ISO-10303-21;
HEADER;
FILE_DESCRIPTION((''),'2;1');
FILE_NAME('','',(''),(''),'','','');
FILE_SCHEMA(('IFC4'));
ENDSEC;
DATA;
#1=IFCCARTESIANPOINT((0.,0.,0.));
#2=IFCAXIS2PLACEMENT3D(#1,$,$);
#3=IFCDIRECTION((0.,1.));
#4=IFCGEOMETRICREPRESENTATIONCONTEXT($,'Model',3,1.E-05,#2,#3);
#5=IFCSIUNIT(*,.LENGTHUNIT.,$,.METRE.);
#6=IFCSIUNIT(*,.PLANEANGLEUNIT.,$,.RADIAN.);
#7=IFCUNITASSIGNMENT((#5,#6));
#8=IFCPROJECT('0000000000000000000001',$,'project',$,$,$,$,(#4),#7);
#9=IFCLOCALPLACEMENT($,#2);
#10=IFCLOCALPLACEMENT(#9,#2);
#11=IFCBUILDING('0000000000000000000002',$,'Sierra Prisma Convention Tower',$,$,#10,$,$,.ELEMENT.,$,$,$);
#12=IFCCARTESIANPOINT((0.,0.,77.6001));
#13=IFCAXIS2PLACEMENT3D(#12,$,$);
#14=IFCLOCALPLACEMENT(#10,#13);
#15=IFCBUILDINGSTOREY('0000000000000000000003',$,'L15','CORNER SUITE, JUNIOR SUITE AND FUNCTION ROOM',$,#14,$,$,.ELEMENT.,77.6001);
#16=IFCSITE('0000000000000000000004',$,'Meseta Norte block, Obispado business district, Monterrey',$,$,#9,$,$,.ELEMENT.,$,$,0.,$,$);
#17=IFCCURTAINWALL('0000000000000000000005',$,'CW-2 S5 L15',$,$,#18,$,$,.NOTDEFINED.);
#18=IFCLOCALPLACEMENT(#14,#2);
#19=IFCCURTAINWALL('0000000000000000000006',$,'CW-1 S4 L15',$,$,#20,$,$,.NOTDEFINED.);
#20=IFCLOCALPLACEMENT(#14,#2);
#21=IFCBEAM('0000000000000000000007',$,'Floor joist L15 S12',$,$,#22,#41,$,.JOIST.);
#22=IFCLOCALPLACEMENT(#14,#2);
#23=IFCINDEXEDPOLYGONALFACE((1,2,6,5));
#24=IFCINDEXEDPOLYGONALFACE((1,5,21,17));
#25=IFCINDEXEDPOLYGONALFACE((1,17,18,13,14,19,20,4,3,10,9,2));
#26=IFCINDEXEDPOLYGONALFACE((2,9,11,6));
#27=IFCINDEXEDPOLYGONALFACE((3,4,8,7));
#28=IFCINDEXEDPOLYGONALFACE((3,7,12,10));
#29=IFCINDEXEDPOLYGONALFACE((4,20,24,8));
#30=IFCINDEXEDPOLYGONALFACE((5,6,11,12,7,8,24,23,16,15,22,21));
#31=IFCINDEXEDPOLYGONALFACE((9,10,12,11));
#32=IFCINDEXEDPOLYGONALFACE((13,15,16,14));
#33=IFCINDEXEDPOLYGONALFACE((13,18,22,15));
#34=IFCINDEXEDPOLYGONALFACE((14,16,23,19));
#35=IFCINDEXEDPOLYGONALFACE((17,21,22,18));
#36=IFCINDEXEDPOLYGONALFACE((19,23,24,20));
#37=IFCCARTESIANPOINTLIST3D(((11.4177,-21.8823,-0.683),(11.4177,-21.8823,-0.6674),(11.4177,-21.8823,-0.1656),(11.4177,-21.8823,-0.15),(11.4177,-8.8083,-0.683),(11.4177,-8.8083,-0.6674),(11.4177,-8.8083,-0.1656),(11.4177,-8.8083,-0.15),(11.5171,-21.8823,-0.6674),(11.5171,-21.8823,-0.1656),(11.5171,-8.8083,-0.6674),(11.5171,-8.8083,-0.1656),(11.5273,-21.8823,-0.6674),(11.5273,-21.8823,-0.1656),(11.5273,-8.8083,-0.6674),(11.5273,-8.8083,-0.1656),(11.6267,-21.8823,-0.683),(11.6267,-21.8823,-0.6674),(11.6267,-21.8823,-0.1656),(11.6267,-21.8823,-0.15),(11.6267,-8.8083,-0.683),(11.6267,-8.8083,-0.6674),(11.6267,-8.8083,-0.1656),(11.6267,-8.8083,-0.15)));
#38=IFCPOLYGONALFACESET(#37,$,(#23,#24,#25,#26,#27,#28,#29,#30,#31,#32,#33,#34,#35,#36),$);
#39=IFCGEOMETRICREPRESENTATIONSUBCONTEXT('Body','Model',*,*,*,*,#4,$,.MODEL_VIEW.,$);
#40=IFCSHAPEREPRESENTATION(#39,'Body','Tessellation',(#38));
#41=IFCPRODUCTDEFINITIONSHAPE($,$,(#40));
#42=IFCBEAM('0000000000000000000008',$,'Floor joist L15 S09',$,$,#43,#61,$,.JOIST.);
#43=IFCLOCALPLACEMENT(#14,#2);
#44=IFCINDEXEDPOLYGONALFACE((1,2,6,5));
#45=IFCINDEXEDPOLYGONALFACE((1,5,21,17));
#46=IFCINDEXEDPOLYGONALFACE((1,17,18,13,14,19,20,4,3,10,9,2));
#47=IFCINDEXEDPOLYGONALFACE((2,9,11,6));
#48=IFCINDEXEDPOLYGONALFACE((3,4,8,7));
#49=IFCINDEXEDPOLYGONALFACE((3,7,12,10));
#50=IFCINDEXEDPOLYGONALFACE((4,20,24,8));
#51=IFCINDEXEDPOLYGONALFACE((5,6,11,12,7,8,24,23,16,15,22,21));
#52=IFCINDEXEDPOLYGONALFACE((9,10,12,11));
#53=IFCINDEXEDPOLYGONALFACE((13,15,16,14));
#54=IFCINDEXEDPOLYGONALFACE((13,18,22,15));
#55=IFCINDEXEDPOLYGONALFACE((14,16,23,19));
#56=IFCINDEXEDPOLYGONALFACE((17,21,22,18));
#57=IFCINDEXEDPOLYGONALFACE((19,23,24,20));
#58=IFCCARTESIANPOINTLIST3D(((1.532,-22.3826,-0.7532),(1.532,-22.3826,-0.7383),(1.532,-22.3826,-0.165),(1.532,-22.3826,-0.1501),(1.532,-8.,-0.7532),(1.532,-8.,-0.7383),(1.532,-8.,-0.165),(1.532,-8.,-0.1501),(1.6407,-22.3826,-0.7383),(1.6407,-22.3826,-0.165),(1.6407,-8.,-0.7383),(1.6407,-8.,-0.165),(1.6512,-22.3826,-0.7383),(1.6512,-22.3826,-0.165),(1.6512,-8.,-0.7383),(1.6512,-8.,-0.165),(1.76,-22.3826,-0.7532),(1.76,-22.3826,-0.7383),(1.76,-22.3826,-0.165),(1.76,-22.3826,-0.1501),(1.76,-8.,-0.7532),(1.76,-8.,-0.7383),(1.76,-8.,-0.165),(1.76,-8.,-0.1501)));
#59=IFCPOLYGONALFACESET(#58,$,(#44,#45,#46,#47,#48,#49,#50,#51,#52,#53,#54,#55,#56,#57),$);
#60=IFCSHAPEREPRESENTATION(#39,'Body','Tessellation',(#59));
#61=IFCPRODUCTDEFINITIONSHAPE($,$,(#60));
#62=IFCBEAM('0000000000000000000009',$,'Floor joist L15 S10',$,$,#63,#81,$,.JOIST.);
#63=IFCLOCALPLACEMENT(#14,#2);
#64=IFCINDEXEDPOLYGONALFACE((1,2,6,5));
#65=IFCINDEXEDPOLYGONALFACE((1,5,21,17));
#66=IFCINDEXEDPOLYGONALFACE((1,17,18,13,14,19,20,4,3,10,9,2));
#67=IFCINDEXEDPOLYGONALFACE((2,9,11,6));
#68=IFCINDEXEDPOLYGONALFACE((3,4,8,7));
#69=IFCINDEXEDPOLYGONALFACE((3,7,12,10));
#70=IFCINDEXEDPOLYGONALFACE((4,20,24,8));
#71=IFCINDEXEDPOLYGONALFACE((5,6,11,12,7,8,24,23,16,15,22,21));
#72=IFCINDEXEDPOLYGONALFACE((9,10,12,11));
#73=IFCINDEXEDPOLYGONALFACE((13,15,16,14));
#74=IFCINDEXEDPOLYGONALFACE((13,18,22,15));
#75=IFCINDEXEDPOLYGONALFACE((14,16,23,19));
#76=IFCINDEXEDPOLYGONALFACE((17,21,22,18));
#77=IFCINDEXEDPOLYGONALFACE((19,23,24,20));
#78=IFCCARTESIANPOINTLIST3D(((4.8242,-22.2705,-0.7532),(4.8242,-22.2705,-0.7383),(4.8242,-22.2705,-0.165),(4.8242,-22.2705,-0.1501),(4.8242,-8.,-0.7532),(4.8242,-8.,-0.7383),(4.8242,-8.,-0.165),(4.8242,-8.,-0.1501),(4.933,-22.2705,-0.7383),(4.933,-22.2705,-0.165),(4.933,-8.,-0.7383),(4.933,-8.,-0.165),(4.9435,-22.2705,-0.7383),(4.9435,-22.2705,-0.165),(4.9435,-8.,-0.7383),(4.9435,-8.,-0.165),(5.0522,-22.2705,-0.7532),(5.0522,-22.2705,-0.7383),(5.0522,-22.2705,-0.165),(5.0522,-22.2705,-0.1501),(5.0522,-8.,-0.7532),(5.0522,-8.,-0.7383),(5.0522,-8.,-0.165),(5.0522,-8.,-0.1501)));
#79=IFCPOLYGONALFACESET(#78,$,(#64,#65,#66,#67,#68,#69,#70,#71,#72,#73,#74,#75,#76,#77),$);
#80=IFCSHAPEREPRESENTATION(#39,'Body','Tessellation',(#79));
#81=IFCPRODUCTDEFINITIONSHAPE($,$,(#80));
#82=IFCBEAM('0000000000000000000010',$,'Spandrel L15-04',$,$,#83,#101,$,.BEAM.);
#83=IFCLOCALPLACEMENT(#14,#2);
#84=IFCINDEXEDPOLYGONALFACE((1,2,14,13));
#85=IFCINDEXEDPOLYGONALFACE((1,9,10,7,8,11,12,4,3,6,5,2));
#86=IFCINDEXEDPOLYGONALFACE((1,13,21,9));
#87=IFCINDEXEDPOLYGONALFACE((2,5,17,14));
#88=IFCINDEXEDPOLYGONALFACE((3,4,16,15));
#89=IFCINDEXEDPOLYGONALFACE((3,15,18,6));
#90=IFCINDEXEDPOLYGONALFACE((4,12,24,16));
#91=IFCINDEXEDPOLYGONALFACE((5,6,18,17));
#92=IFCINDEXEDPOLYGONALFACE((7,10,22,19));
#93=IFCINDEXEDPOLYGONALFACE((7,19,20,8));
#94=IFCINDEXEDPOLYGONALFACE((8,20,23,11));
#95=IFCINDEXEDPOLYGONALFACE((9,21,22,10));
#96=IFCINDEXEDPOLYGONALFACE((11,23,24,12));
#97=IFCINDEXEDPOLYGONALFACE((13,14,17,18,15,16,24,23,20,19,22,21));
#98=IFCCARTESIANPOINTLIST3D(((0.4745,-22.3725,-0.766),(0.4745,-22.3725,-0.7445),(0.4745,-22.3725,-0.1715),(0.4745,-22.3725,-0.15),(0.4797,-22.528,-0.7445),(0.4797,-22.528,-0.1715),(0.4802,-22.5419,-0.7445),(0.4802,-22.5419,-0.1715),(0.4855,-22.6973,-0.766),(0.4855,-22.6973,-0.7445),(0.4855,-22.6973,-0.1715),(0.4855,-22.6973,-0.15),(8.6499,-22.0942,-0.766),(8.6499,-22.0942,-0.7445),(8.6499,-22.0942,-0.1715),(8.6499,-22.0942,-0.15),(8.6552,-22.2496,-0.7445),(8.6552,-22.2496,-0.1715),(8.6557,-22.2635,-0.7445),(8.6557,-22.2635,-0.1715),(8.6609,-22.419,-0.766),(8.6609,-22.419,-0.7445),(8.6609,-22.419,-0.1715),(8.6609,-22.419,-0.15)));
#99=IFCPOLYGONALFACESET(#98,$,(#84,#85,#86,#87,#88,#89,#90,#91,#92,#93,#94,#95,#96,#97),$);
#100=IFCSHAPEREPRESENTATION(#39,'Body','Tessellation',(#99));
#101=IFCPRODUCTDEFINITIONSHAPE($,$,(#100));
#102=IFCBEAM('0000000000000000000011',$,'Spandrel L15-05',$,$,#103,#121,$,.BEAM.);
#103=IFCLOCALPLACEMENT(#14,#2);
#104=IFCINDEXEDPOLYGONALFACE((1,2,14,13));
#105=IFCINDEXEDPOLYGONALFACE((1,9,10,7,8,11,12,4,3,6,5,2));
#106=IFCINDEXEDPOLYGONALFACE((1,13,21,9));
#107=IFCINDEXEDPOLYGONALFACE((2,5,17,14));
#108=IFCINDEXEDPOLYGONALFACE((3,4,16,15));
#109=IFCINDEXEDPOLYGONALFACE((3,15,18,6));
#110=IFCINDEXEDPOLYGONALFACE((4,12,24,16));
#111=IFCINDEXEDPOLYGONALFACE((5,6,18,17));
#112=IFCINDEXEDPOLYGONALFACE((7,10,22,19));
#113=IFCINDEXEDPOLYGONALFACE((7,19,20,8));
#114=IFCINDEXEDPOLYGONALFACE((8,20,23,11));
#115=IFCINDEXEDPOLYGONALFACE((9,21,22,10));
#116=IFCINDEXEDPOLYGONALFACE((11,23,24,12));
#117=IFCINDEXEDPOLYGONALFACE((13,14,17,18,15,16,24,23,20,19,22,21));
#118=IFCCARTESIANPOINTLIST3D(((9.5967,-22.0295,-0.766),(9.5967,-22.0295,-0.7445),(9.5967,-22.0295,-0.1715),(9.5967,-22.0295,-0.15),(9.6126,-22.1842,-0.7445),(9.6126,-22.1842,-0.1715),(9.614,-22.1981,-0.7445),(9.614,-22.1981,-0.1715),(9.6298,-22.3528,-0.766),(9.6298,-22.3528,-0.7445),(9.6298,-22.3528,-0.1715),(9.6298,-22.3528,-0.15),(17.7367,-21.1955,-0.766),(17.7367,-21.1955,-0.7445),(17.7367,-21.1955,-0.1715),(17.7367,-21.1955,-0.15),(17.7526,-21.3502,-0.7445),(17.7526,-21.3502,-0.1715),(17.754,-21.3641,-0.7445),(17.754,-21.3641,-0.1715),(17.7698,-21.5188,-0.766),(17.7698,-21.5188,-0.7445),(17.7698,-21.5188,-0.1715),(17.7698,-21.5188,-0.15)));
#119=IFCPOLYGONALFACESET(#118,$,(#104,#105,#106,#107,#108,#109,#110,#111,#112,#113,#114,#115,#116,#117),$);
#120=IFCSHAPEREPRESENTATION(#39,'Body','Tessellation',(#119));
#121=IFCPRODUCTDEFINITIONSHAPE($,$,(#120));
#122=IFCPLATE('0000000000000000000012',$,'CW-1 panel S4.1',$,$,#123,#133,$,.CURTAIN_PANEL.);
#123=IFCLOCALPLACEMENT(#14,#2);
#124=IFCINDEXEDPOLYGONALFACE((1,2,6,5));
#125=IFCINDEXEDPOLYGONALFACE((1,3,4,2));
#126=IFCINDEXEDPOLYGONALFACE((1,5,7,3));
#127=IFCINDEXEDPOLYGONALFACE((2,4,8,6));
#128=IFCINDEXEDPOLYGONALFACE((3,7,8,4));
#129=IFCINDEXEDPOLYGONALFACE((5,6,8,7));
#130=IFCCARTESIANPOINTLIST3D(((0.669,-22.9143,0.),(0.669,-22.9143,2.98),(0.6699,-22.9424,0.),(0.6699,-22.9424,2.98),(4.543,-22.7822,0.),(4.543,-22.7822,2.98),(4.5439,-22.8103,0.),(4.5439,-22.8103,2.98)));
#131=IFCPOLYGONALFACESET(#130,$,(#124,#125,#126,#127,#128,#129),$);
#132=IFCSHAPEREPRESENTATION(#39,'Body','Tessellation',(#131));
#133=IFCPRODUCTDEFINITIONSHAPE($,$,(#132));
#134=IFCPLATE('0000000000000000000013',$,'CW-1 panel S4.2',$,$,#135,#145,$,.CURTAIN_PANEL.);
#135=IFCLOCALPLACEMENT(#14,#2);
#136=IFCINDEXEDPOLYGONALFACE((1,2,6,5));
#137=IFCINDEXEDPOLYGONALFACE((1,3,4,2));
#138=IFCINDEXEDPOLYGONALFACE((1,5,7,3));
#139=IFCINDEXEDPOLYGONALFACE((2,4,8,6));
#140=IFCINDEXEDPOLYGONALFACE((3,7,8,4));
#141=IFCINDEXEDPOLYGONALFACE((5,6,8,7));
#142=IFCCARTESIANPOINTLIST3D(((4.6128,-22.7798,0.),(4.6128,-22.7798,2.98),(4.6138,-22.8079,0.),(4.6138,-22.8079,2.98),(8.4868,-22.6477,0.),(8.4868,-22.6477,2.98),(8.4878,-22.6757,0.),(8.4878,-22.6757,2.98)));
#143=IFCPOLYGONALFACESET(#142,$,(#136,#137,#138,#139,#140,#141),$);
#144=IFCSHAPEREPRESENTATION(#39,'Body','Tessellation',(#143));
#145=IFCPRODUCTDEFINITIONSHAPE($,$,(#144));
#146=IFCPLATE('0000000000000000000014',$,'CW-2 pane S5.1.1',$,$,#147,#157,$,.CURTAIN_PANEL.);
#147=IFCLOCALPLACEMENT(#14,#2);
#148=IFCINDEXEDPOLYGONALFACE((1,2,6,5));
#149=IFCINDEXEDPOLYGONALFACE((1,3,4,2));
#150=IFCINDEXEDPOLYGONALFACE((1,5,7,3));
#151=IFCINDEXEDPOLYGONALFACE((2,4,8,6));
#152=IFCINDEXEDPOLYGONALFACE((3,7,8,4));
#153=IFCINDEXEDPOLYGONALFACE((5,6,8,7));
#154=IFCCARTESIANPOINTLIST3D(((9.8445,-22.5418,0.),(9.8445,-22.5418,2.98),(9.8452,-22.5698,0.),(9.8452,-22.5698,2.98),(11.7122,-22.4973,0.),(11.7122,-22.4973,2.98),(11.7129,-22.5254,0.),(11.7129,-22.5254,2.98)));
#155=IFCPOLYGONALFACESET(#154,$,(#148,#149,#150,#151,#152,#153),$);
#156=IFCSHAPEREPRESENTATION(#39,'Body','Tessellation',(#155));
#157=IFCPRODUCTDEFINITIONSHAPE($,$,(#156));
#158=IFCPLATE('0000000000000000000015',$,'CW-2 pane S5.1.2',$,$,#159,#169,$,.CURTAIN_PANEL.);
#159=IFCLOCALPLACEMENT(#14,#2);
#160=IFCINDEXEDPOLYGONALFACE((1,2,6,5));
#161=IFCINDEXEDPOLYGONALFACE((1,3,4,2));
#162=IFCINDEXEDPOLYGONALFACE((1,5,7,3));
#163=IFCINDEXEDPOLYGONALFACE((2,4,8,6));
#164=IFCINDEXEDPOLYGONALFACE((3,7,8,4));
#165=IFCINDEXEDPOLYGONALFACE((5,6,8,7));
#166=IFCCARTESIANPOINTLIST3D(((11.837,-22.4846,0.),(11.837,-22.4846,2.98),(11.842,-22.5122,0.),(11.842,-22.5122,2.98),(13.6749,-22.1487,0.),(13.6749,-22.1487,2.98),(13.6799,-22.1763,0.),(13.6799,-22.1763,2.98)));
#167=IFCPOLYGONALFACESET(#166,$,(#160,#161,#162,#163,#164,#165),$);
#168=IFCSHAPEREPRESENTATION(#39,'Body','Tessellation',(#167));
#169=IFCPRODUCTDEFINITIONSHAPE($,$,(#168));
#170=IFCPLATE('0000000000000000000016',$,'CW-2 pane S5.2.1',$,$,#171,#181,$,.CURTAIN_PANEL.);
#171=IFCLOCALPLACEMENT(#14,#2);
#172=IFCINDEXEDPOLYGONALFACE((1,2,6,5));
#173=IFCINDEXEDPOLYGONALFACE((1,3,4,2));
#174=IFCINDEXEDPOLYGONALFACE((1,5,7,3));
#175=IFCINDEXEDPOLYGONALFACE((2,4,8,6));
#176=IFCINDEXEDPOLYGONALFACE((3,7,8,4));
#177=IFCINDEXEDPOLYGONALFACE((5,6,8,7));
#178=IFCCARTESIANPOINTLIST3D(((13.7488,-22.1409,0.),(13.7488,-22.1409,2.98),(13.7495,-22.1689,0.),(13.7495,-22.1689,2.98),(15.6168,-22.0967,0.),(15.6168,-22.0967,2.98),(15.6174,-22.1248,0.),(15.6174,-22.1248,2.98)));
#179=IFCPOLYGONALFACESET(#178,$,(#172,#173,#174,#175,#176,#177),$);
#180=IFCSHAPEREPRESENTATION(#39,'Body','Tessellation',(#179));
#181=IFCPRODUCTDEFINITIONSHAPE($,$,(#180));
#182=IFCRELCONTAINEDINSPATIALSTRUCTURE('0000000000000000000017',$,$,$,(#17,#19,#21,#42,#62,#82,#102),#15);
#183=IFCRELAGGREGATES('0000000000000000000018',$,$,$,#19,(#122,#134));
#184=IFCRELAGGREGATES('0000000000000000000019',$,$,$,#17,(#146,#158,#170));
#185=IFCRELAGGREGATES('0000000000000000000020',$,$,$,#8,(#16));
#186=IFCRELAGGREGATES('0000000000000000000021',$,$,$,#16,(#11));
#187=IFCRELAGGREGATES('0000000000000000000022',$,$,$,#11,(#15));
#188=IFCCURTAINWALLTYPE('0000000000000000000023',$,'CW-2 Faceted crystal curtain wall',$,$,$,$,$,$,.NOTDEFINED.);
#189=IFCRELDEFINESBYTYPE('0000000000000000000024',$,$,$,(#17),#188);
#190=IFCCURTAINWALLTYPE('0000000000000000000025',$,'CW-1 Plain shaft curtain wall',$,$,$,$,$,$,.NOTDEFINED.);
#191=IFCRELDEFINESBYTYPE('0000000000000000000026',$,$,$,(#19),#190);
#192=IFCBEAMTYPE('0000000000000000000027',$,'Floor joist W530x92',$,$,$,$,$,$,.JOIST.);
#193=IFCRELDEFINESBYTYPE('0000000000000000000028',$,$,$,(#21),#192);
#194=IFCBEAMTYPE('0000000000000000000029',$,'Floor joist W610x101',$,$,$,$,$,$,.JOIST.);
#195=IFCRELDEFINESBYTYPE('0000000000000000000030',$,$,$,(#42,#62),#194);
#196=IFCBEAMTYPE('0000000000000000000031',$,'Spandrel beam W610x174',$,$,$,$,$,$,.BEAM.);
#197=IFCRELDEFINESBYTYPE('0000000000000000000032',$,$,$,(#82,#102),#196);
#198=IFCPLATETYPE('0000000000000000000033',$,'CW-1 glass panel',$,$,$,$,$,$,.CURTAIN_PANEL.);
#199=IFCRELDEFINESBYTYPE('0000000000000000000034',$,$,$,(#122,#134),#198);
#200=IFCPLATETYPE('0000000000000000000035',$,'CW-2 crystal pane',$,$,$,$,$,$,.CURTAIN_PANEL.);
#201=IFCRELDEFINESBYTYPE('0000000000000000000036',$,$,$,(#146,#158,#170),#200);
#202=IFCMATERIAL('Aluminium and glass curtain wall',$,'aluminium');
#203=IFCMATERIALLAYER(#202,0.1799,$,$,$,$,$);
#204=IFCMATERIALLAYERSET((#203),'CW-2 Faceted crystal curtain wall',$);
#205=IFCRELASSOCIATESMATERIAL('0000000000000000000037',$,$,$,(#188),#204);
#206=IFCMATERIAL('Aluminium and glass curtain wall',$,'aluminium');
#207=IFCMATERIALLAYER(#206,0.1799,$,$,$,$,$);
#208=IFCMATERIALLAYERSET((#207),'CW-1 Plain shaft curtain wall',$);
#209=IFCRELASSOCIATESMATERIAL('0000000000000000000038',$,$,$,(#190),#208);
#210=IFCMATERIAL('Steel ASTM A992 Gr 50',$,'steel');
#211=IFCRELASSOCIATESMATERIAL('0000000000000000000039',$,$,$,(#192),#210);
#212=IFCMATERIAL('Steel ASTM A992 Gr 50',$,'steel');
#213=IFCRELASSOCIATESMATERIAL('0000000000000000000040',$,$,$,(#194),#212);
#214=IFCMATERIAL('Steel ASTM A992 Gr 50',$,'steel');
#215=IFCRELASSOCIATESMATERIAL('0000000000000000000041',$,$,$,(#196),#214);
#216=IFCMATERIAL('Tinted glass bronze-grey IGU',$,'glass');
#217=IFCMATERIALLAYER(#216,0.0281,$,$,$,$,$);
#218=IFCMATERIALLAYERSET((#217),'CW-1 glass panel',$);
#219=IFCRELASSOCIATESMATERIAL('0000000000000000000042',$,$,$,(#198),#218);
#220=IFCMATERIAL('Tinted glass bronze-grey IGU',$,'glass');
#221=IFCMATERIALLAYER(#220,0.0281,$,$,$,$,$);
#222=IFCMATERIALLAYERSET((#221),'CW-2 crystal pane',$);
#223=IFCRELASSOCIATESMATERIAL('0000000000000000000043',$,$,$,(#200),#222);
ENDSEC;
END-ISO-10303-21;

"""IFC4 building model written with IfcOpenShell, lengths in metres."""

from ifc_helpers import new_model, si_unit, direction, frame, origin, origin_2d, place, context, subcontext, project, spatial, polyline, rectangle, i_section, outline, extrude, material, layer, layer_set, material_profile, profile_set, type_object, element, aggregate, save


model = new_model("IFC4")

# Units and contexts
model_context = context("Model", 3, precision=1e-05, world=origin(), true_north=direction((0.0, 1.0)))
body_context = subcontext(model_context, "Body", "Model", "MODEL_VIEW")
ifc_project = project(units=[si_unit("LENGTHUNIT", "METRE"), si_unit("PLANEANGLEUNIT", "RADIAN")], contexts=[model_context])

# Site, building, storey
site_placement = place(None, origin())
site = spatial("IfcSite", under=ifc_project, at=site_placement, Name="Meseta Norte block, Obispado business district, Monterrey", CompositionType="ELEMENT", RefElevation=0.0)
building_placement = place(site_placement, origin())
building = spatial("IfcBuilding", under=site, at=building_placement, Name="Sierra Prisma Convention Tower", CompositionType="ELEMENT")
storey_placement = place(building_placement, frame((0.0, 0.0, 77.6001)))
storey = spatial("IfcBuildingStorey", under=building, at=storey_placement, Name="L15", Description="CORNER SUITE, JUNIOR SUITE AND FUNCTION ROOM", CompositionType="ELEMENT", Elevation=77.6001)

# Curtain walls
ifc_material_1 = material(Name="Aluminium and glass curtain wall", Category="aluminium")
ifc_layer_1 = layer(ifc_material_1, 0.1799)
ifc_layer_set_1 = layer_set([ifc_layer_1], Name="CW-2 Faceted crystal curtain wall")
curtain_wall_type_1 = type_object("IfcCurtainWallType", Name="CW-2 Faceted crystal curtain wall", PredefinedType="NOTDEFINED", material=ifc_layer_set_1)
curtain_wall_1_placement = place(storey_placement, origin())
curtain_wall_1 = element("IfcCurtainWall", 1, at=curtain_wall_1_placement, inside=storey, type_object=curtain_wall_type_1, Name="CW-2 S5 L15", PredefinedType="NOTDEFINED")
ifc_material_2 = material(Name="Aluminium and glass curtain wall", Category="aluminium")
ifc_layer_2 = layer(ifc_material_2, 0.1799)
ifc_layer_set_2 = layer_set([ifc_layer_2], Name="CW-1 Plain shaft curtain wall")
curtain_wall_type_2 = type_object("IfcCurtainWallType", Name="CW-1 Plain shaft curtain wall", PredefinedType="NOTDEFINED", material=ifc_layer_set_2)
curtain_wall_2_placement = place(storey_placement, origin())
curtain_wall_2 = element("IfcCurtainWall", 2, at=curtain_wall_2_placement, inside=storey, type_object=curtain_wall_type_2, Name="CW-1 S4 L15", PredefinedType="NOTDEFINED")

# Beams
ifc_material_3 = material(Name="Steel ASTM A992 Gr 50", Category="steel")
ifc_material_profile_1 = material_profile(ifc_material_3, i_section(OverallWidth=0.209, OverallDepth=0.533, WebThickness=0.0103, FlangeThickness=0.0156, at=origin_2d()), Name="W530x92")
ifc_profile_set_1 = profile_set([ifc_material_profile_1], Name="Steel ASTM A992 Gr 50")
beam_type_1 = type_object("IfcBeamType", Name="Floor joist W530x92", PredefinedType="JOIST", material=ifc_profile_set_1)
beam_1_placement = place(storey_placement, frame((11.5222, -21.8823, -0.4165), z_axis=(0.0, 1.0, 0.0), x_axis=(-1.0, 0.0, 0.0)))
element("IfcBeam", 3, at=beam_1_placement, inside=storey, type_object=beam_type_1, Name="Floor joist L15 S12", PredefinedType="JOIST", context=body_context, shape_type="SweptSolid", body=[
    extrude(i_section(OverallWidth=0.209, OverallDepth=0.533, WebThickness=0.0103, FlangeThickness=0.0156, at=origin_2d()), origin(), (0.0, 0.0, 1.0), 13.074),
])
ifc_material_4 = material(Name="Steel ASTM A992 Gr 50", Category="steel")
ifc_material_profile_2 = material_profile(ifc_material_4, i_section(OverallWidth=0.228, OverallDepth=0.603, WebThickness=0.0105, FlangeThickness=0.0149, at=origin_2d()), Name="W610x101")
ifc_profile_set_2 = profile_set([ifc_material_profile_2], Name="Steel ASTM A992 Gr 50")
beam_type_2 = type_object("IfcBeamType", Name="Floor joist W610x101", PredefinedType="JOIST", material=ifc_profile_set_2)
beam_2_placement = place(storey_placement, frame((1.646, -22.3826, -0.4517), z_axis=(0.0, 1.0, 0.0), x_axis=(-1.0, 0.0, 0.0)))
element("IfcBeam", 4, at=beam_2_placement, inside=storey, type_object=beam_type_2, Name="Floor joist L15 S09", PredefinedType="JOIST", context=body_context, shape_type="SweptSolid", body=[
    extrude(i_section(OverallWidth=0.228, OverallDepth=0.603, WebThickness=0.0105, FlangeThickness=0.0149, at=origin_2d()), origin(), (0.0, 0.0, 1.0), 14.3826),
])
beam_3_placement = place(storey_placement, frame((4.9382, -22.2705, -0.4517), z_axis=(0.0, 1.0, 0.0), x_axis=(-1.0, 0.0, 0.0)))
element("IfcBeam", 5, at=beam_3_placement, inside=storey, type_object=beam_type_2, Name="Floor joist L15 S10", PredefinedType="JOIST", context=body_context, shape_type="SweptSolid", body=[
    extrude(i_section(OverallWidth=0.228, OverallDepth=0.603, WebThickness=0.0105, FlangeThickness=0.0149, at=origin_2d()), origin(), (0.0, 0.0, 1.0), 14.2705),
])
ifc_material_5 = material(Name="Steel ASTM A992 Gr 50", Category="steel")
ifc_material_profile_3 = material_profile(ifc_material_5, i_section(OverallWidth=0.325, OverallDepth=0.616, WebThickness=0.0139, FlangeThickness=0.0215, at=origin_2d()), Name="W610x174")
ifc_profile_set_3 = profile_set([ifc_material_profile_3], Name="Steel ASTM A992 Gr 50")
beam_type_3 = type_object("IfcBeamType", Name="Spandrel beam W610x174", PredefinedType="BEAM", material=ifc_profile_set_3)
beam_4_placement = place(storey_placement, frame((0.48, -22.5349, -0.458), z_axis=(0.999421, 0.034023, 0.0), x_axis=(-0.034023, 0.999421, 0.0)))
element("IfcBeam", 6, at=beam_4_placement, inside=storey, type_object=beam_type_3, Name="Spandrel L15-04", PredefinedType="BEAM", context=body_context, shape_type="SweptSolid", body=[
    extrude(i_section(OverallWidth=0.325, OverallDepth=0.616, WebThickness=0.0139, FlangeThickness=0.0215, at=origin_2d()), origin(), (0.0, 0.0, 1.0), 8.1802),
])
beam_5_placement = place(storey_placement, frame((9.6133, -22.1912, -0.458), z_axis=(0.994792, 0.101923, 0.0), x_axis=(-0.101923, 0.994792, 0.0)))
element("IfcBeam", 7, at=beam_5_placement, inside=storey, type_object=beam_type_3, Name="Spandrel L15-05", PredefinedType="BEAM", context=body_context, shape_type="SweptSolid", body=[
    extrude(i_section(OverallWidth=0.325, OverallDepth=0.616, WebThickness=0.0139, FlangeThickness=0.0215, at=origin_2d()), origin(), (0.0, 0.0, 1.0), 8.1826),
])

# Plates
ifc_material_6 = material(Name="Tinted glass bronze-grey IGU", Category="glass")
ifc_layer_3 = layer(ifc_material_6, 0.0281)
ifc_layer_set_3 = layer_set([ifc_layer_3], Name="CW-1 glass panel")
plate_type_1 = type_object("IfcPlateType", Name="CW-1 glass panel", PredefinedType="CURTAIN_PANEL", material=ifc_layer_set_3)
plate_1_placement = place(storey_placement, frame((2.6064, -22.8623, 0.0), z_axis=(0.0, 0.0, 1.0), x_axis=(0.999419, 0.03409, 0.0)))
plate_1 = element("IfcPlate", 8, at=plate_1_placement, type_object=plate_type_1, Name="CW-1 panel S4.1", PredefinedType="CURTAIN_PANEL", context=body_context, shape_type="SweptSolid", body=[
    extrude(rectangle(XDim=3.8762, YDim=0.0281, at=origin_2d()), origin(), (0.0, 0.0, 1.0), 2.98),
])
plate_2_placement = place(storey_placement, frame((6.5503, -22.7278, 0.0), z_axis=(0.0, 0.0, 1.0), x_axis=(0.999419, 0.03409, 0.0)))
plate_2 = element("IfcPlate", 9, at=plate_2_placement, type_object=plate_type_1, Name="CW-1 panel S4.2", PredefinedType="CURTAIN_PANEL", context=body_context, shape_type="SweptSolid", body=[
    extrude(rectangle(XDim=3.8762, YDim=0.0281, at=origin_2d()), origin(), (0.0, 0.0, 1.0), 2.98),
])
aggregate(curtain_wall_2, [plate_1, plate_2])
ifc_material_7 = material(Name="Tinted glass bronze-grey IGU", Category="glass")
ifc_layer_4 = layer(ifc_material_7, 0.0281)
ifc_layer_set_4 = layer_set([ifc_layer_4], Name="CW-2 crystal pane")
plate_type_2 = type_object("IfcPlateType", Name="CW-2 crystal pane", PredefinedType="CURTAIN_PANEL", material=ifc_layer_set_4)
plate_3_placement = place(storey_placement, frame((9.8452, -22.5698, 0.0), z_axis=(0.023784, -0.999717, 0.0), x_axis=(0.999717, 0.023784, 0.0)))
plate_3 = element("IfcPlate", 10, at=plate_3_placement, type_object=plate_type_2, Name="CW-2 pane S5.1.1", PredefinedType="CURTAIN_PANEL", context=body_context, shape_type="SweptSolid", body=[
    extrude(outline(polyline([(0.0, 0.0), (1.8682, 0.0), (1.8682, 2.98), (0.0, 2.98), (0.0, 0.0)])), origin(), (0.0, 0.0, -1.0), 0.0281),
])
plate_4_placement = place(storey_placement, frame((13.6799, -22.1763, 0.0), z_axis=(0.179805, -0.983702, 0.0), x_axis=(-0.983702, -0.179805, 0.0)))
plate_4 = element("IfcPlate", 11, at=plate_4_placement, type_object=plate_type_2, Name="CW-2 pane S5.1.2", PredefinedType="CURTAIN_PANEL", context=body_context, shape_type="SweptSolid", body=[
    extrude(outline(polyline([(0.0, 0.0), (1.8683, 0.0), (1.8683, -2.98), (0.0, -2.98), (0.0, 0.0)])), origin(), (0.0, 0.0, -1.0), 0.0281),
])
plate_5_placement = place(storey_placement, frame((13.7495, -22.1689, 0.0), z_axis=(0.02365, -0.99972, 0.0), x_axis=(0.99972, 0.02365, 0.0)))
plate_5 = element("IfcPlate", 12, at=plate_5_placement, type_object=plate_type_2, Name="CW-2 pane S5.2.1", PredefinedType="CURTAIN_PANEL", context=body_context, shape_type="SweptSolid", body=[
    extrude(outline(polyline([(0.0, 0.0), (1.8684, 0.0), (1.8684, 2.98), (0.0, 2.98), (0.0, 0.0)])), origin(), (0.0, 0.0, -1.0), 0.0281),
])
aggregate(curtain_wall_1, [plate_3, plate_4, plate_5])

save(model, "model.ifc")
